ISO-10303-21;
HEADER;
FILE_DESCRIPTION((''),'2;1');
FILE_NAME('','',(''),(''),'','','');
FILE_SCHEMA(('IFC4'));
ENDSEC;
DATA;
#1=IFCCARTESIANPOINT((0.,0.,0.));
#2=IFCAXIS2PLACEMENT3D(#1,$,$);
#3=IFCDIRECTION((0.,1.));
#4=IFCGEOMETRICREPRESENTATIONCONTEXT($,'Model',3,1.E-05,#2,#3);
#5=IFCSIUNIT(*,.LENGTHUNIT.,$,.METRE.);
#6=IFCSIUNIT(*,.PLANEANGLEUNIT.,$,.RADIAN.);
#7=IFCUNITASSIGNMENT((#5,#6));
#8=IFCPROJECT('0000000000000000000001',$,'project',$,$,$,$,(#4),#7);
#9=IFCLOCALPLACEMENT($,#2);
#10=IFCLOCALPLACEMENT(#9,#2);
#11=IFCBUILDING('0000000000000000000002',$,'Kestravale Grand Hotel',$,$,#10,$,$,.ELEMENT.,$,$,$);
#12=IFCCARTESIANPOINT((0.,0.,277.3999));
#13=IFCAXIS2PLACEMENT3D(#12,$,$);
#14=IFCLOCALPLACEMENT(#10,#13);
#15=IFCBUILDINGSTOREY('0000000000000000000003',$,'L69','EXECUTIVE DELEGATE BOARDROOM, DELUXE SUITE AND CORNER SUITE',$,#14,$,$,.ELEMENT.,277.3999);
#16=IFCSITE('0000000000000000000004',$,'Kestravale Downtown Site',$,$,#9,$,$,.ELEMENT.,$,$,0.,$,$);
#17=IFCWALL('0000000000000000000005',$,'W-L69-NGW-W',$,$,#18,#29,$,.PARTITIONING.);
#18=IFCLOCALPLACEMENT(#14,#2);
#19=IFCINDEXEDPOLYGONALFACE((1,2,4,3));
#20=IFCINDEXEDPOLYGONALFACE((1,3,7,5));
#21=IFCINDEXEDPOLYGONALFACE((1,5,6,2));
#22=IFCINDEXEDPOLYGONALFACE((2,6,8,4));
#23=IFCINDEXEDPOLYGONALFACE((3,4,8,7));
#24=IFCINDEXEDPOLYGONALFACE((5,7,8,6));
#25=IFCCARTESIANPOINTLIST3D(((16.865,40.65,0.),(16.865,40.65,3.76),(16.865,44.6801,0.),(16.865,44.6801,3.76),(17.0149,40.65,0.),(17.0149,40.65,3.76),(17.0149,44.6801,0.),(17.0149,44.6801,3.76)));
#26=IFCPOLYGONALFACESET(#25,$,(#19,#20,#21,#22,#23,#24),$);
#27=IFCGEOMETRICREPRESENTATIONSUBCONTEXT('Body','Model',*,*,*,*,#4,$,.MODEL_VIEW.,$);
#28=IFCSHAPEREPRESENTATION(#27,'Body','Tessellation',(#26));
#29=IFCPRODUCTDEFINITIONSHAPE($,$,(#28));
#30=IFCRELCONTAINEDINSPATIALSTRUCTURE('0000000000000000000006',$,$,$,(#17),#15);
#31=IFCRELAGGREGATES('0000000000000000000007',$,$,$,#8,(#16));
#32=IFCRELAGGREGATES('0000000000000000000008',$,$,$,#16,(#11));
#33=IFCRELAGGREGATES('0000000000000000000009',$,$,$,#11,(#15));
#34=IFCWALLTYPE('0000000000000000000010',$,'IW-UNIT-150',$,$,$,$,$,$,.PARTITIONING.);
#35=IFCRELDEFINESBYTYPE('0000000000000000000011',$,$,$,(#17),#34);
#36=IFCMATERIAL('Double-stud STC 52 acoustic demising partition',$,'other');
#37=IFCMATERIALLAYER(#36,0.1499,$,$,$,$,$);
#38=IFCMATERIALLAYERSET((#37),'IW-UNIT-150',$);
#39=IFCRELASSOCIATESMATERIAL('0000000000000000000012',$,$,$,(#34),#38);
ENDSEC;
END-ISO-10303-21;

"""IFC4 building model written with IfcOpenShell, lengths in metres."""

from ifc_helpers import new_model, si_unit, direction, frame, frame_2d, origin, place, context, subcontext, project, spatial, rectangle, extrude, material, layer, layer_set, type_object, element, save


model = new_model("IFC4")

# Units and contexts
model_context = context("Model", 3, precision=1e-05, world=origin(), true_north=direction((0.0, 1.0)))
body_context = subcontext(model_context, "Body", "Model", "MODEL_VIEW")
ifc_project = project(units=[si_unit("LENGTHUNIT", "METRE"), si_unit("PLANEANGLEUNIT", "RADIAN")], contexts=[model_context])

# Site, building, storey
site_placement = place(None, origin())
site = spatial("IfcSite", under=ifc_project, at=site_placement, Name="Kestravale Downtown Site", CompositionType="ELEMENT", RefElevation=0.0)
building_placement = place(site_placement, origin())
building = spatial("IfcBuilding", under=site, at=building_placement, Name="Kestravale Grand Hotel", CompositionType="ELEMENT")
storey_placement = place(building_placement, frame((0.0, 0.0, 277.3999)))
storey = spatial("IfcBuildingStorey", under=building, at=storey_placement, Name="L69", Description="EXECUTIVE DELEGATE BOARDROOM, DELUXE SUITE AND CORNER SUITE", CompositionType="ELEMENT", Elevation=277.3999)

# Shared definitions
ifc_material_1 = material(Name="Double-stud STC 52 acoustic demising partition", Category="other")
ifc_layer_1 = layer(ifc_material_1, 0.1499)
ifc_layer_set_1 = layer_set([ifc_layer_1], Name="IW-UNIT-150")
wall_type_1 = type_object("IfcWallType", Name="IW-UNIT-150", PredefinedType="PARTITIONING", material=ifc_layer_set_1)

# Wall
wall_1_placement = place(storey_placement, frame((16.9399, 40.6499, 0.0), z_axis=(0.0, 0.0, 1.0), x_axis=(0.0, 1.0, 0.0)))
element("IfcWall", 1, at=wall_1_placement, inside=storey, type_object=wall_type_1, Name="W-L69-NGW-W", PredefinedType="PARTITIONING", context=body_context, shape_type="SweptSolid", body=[
    extrude(rectangle(XDim=4.03, YDim=0.1499, at=frame_2d((2.0151, 0.0))), origin(), (0.0, 0.0, 1.0), 3.76),
])

save(model, "model.ifc")
